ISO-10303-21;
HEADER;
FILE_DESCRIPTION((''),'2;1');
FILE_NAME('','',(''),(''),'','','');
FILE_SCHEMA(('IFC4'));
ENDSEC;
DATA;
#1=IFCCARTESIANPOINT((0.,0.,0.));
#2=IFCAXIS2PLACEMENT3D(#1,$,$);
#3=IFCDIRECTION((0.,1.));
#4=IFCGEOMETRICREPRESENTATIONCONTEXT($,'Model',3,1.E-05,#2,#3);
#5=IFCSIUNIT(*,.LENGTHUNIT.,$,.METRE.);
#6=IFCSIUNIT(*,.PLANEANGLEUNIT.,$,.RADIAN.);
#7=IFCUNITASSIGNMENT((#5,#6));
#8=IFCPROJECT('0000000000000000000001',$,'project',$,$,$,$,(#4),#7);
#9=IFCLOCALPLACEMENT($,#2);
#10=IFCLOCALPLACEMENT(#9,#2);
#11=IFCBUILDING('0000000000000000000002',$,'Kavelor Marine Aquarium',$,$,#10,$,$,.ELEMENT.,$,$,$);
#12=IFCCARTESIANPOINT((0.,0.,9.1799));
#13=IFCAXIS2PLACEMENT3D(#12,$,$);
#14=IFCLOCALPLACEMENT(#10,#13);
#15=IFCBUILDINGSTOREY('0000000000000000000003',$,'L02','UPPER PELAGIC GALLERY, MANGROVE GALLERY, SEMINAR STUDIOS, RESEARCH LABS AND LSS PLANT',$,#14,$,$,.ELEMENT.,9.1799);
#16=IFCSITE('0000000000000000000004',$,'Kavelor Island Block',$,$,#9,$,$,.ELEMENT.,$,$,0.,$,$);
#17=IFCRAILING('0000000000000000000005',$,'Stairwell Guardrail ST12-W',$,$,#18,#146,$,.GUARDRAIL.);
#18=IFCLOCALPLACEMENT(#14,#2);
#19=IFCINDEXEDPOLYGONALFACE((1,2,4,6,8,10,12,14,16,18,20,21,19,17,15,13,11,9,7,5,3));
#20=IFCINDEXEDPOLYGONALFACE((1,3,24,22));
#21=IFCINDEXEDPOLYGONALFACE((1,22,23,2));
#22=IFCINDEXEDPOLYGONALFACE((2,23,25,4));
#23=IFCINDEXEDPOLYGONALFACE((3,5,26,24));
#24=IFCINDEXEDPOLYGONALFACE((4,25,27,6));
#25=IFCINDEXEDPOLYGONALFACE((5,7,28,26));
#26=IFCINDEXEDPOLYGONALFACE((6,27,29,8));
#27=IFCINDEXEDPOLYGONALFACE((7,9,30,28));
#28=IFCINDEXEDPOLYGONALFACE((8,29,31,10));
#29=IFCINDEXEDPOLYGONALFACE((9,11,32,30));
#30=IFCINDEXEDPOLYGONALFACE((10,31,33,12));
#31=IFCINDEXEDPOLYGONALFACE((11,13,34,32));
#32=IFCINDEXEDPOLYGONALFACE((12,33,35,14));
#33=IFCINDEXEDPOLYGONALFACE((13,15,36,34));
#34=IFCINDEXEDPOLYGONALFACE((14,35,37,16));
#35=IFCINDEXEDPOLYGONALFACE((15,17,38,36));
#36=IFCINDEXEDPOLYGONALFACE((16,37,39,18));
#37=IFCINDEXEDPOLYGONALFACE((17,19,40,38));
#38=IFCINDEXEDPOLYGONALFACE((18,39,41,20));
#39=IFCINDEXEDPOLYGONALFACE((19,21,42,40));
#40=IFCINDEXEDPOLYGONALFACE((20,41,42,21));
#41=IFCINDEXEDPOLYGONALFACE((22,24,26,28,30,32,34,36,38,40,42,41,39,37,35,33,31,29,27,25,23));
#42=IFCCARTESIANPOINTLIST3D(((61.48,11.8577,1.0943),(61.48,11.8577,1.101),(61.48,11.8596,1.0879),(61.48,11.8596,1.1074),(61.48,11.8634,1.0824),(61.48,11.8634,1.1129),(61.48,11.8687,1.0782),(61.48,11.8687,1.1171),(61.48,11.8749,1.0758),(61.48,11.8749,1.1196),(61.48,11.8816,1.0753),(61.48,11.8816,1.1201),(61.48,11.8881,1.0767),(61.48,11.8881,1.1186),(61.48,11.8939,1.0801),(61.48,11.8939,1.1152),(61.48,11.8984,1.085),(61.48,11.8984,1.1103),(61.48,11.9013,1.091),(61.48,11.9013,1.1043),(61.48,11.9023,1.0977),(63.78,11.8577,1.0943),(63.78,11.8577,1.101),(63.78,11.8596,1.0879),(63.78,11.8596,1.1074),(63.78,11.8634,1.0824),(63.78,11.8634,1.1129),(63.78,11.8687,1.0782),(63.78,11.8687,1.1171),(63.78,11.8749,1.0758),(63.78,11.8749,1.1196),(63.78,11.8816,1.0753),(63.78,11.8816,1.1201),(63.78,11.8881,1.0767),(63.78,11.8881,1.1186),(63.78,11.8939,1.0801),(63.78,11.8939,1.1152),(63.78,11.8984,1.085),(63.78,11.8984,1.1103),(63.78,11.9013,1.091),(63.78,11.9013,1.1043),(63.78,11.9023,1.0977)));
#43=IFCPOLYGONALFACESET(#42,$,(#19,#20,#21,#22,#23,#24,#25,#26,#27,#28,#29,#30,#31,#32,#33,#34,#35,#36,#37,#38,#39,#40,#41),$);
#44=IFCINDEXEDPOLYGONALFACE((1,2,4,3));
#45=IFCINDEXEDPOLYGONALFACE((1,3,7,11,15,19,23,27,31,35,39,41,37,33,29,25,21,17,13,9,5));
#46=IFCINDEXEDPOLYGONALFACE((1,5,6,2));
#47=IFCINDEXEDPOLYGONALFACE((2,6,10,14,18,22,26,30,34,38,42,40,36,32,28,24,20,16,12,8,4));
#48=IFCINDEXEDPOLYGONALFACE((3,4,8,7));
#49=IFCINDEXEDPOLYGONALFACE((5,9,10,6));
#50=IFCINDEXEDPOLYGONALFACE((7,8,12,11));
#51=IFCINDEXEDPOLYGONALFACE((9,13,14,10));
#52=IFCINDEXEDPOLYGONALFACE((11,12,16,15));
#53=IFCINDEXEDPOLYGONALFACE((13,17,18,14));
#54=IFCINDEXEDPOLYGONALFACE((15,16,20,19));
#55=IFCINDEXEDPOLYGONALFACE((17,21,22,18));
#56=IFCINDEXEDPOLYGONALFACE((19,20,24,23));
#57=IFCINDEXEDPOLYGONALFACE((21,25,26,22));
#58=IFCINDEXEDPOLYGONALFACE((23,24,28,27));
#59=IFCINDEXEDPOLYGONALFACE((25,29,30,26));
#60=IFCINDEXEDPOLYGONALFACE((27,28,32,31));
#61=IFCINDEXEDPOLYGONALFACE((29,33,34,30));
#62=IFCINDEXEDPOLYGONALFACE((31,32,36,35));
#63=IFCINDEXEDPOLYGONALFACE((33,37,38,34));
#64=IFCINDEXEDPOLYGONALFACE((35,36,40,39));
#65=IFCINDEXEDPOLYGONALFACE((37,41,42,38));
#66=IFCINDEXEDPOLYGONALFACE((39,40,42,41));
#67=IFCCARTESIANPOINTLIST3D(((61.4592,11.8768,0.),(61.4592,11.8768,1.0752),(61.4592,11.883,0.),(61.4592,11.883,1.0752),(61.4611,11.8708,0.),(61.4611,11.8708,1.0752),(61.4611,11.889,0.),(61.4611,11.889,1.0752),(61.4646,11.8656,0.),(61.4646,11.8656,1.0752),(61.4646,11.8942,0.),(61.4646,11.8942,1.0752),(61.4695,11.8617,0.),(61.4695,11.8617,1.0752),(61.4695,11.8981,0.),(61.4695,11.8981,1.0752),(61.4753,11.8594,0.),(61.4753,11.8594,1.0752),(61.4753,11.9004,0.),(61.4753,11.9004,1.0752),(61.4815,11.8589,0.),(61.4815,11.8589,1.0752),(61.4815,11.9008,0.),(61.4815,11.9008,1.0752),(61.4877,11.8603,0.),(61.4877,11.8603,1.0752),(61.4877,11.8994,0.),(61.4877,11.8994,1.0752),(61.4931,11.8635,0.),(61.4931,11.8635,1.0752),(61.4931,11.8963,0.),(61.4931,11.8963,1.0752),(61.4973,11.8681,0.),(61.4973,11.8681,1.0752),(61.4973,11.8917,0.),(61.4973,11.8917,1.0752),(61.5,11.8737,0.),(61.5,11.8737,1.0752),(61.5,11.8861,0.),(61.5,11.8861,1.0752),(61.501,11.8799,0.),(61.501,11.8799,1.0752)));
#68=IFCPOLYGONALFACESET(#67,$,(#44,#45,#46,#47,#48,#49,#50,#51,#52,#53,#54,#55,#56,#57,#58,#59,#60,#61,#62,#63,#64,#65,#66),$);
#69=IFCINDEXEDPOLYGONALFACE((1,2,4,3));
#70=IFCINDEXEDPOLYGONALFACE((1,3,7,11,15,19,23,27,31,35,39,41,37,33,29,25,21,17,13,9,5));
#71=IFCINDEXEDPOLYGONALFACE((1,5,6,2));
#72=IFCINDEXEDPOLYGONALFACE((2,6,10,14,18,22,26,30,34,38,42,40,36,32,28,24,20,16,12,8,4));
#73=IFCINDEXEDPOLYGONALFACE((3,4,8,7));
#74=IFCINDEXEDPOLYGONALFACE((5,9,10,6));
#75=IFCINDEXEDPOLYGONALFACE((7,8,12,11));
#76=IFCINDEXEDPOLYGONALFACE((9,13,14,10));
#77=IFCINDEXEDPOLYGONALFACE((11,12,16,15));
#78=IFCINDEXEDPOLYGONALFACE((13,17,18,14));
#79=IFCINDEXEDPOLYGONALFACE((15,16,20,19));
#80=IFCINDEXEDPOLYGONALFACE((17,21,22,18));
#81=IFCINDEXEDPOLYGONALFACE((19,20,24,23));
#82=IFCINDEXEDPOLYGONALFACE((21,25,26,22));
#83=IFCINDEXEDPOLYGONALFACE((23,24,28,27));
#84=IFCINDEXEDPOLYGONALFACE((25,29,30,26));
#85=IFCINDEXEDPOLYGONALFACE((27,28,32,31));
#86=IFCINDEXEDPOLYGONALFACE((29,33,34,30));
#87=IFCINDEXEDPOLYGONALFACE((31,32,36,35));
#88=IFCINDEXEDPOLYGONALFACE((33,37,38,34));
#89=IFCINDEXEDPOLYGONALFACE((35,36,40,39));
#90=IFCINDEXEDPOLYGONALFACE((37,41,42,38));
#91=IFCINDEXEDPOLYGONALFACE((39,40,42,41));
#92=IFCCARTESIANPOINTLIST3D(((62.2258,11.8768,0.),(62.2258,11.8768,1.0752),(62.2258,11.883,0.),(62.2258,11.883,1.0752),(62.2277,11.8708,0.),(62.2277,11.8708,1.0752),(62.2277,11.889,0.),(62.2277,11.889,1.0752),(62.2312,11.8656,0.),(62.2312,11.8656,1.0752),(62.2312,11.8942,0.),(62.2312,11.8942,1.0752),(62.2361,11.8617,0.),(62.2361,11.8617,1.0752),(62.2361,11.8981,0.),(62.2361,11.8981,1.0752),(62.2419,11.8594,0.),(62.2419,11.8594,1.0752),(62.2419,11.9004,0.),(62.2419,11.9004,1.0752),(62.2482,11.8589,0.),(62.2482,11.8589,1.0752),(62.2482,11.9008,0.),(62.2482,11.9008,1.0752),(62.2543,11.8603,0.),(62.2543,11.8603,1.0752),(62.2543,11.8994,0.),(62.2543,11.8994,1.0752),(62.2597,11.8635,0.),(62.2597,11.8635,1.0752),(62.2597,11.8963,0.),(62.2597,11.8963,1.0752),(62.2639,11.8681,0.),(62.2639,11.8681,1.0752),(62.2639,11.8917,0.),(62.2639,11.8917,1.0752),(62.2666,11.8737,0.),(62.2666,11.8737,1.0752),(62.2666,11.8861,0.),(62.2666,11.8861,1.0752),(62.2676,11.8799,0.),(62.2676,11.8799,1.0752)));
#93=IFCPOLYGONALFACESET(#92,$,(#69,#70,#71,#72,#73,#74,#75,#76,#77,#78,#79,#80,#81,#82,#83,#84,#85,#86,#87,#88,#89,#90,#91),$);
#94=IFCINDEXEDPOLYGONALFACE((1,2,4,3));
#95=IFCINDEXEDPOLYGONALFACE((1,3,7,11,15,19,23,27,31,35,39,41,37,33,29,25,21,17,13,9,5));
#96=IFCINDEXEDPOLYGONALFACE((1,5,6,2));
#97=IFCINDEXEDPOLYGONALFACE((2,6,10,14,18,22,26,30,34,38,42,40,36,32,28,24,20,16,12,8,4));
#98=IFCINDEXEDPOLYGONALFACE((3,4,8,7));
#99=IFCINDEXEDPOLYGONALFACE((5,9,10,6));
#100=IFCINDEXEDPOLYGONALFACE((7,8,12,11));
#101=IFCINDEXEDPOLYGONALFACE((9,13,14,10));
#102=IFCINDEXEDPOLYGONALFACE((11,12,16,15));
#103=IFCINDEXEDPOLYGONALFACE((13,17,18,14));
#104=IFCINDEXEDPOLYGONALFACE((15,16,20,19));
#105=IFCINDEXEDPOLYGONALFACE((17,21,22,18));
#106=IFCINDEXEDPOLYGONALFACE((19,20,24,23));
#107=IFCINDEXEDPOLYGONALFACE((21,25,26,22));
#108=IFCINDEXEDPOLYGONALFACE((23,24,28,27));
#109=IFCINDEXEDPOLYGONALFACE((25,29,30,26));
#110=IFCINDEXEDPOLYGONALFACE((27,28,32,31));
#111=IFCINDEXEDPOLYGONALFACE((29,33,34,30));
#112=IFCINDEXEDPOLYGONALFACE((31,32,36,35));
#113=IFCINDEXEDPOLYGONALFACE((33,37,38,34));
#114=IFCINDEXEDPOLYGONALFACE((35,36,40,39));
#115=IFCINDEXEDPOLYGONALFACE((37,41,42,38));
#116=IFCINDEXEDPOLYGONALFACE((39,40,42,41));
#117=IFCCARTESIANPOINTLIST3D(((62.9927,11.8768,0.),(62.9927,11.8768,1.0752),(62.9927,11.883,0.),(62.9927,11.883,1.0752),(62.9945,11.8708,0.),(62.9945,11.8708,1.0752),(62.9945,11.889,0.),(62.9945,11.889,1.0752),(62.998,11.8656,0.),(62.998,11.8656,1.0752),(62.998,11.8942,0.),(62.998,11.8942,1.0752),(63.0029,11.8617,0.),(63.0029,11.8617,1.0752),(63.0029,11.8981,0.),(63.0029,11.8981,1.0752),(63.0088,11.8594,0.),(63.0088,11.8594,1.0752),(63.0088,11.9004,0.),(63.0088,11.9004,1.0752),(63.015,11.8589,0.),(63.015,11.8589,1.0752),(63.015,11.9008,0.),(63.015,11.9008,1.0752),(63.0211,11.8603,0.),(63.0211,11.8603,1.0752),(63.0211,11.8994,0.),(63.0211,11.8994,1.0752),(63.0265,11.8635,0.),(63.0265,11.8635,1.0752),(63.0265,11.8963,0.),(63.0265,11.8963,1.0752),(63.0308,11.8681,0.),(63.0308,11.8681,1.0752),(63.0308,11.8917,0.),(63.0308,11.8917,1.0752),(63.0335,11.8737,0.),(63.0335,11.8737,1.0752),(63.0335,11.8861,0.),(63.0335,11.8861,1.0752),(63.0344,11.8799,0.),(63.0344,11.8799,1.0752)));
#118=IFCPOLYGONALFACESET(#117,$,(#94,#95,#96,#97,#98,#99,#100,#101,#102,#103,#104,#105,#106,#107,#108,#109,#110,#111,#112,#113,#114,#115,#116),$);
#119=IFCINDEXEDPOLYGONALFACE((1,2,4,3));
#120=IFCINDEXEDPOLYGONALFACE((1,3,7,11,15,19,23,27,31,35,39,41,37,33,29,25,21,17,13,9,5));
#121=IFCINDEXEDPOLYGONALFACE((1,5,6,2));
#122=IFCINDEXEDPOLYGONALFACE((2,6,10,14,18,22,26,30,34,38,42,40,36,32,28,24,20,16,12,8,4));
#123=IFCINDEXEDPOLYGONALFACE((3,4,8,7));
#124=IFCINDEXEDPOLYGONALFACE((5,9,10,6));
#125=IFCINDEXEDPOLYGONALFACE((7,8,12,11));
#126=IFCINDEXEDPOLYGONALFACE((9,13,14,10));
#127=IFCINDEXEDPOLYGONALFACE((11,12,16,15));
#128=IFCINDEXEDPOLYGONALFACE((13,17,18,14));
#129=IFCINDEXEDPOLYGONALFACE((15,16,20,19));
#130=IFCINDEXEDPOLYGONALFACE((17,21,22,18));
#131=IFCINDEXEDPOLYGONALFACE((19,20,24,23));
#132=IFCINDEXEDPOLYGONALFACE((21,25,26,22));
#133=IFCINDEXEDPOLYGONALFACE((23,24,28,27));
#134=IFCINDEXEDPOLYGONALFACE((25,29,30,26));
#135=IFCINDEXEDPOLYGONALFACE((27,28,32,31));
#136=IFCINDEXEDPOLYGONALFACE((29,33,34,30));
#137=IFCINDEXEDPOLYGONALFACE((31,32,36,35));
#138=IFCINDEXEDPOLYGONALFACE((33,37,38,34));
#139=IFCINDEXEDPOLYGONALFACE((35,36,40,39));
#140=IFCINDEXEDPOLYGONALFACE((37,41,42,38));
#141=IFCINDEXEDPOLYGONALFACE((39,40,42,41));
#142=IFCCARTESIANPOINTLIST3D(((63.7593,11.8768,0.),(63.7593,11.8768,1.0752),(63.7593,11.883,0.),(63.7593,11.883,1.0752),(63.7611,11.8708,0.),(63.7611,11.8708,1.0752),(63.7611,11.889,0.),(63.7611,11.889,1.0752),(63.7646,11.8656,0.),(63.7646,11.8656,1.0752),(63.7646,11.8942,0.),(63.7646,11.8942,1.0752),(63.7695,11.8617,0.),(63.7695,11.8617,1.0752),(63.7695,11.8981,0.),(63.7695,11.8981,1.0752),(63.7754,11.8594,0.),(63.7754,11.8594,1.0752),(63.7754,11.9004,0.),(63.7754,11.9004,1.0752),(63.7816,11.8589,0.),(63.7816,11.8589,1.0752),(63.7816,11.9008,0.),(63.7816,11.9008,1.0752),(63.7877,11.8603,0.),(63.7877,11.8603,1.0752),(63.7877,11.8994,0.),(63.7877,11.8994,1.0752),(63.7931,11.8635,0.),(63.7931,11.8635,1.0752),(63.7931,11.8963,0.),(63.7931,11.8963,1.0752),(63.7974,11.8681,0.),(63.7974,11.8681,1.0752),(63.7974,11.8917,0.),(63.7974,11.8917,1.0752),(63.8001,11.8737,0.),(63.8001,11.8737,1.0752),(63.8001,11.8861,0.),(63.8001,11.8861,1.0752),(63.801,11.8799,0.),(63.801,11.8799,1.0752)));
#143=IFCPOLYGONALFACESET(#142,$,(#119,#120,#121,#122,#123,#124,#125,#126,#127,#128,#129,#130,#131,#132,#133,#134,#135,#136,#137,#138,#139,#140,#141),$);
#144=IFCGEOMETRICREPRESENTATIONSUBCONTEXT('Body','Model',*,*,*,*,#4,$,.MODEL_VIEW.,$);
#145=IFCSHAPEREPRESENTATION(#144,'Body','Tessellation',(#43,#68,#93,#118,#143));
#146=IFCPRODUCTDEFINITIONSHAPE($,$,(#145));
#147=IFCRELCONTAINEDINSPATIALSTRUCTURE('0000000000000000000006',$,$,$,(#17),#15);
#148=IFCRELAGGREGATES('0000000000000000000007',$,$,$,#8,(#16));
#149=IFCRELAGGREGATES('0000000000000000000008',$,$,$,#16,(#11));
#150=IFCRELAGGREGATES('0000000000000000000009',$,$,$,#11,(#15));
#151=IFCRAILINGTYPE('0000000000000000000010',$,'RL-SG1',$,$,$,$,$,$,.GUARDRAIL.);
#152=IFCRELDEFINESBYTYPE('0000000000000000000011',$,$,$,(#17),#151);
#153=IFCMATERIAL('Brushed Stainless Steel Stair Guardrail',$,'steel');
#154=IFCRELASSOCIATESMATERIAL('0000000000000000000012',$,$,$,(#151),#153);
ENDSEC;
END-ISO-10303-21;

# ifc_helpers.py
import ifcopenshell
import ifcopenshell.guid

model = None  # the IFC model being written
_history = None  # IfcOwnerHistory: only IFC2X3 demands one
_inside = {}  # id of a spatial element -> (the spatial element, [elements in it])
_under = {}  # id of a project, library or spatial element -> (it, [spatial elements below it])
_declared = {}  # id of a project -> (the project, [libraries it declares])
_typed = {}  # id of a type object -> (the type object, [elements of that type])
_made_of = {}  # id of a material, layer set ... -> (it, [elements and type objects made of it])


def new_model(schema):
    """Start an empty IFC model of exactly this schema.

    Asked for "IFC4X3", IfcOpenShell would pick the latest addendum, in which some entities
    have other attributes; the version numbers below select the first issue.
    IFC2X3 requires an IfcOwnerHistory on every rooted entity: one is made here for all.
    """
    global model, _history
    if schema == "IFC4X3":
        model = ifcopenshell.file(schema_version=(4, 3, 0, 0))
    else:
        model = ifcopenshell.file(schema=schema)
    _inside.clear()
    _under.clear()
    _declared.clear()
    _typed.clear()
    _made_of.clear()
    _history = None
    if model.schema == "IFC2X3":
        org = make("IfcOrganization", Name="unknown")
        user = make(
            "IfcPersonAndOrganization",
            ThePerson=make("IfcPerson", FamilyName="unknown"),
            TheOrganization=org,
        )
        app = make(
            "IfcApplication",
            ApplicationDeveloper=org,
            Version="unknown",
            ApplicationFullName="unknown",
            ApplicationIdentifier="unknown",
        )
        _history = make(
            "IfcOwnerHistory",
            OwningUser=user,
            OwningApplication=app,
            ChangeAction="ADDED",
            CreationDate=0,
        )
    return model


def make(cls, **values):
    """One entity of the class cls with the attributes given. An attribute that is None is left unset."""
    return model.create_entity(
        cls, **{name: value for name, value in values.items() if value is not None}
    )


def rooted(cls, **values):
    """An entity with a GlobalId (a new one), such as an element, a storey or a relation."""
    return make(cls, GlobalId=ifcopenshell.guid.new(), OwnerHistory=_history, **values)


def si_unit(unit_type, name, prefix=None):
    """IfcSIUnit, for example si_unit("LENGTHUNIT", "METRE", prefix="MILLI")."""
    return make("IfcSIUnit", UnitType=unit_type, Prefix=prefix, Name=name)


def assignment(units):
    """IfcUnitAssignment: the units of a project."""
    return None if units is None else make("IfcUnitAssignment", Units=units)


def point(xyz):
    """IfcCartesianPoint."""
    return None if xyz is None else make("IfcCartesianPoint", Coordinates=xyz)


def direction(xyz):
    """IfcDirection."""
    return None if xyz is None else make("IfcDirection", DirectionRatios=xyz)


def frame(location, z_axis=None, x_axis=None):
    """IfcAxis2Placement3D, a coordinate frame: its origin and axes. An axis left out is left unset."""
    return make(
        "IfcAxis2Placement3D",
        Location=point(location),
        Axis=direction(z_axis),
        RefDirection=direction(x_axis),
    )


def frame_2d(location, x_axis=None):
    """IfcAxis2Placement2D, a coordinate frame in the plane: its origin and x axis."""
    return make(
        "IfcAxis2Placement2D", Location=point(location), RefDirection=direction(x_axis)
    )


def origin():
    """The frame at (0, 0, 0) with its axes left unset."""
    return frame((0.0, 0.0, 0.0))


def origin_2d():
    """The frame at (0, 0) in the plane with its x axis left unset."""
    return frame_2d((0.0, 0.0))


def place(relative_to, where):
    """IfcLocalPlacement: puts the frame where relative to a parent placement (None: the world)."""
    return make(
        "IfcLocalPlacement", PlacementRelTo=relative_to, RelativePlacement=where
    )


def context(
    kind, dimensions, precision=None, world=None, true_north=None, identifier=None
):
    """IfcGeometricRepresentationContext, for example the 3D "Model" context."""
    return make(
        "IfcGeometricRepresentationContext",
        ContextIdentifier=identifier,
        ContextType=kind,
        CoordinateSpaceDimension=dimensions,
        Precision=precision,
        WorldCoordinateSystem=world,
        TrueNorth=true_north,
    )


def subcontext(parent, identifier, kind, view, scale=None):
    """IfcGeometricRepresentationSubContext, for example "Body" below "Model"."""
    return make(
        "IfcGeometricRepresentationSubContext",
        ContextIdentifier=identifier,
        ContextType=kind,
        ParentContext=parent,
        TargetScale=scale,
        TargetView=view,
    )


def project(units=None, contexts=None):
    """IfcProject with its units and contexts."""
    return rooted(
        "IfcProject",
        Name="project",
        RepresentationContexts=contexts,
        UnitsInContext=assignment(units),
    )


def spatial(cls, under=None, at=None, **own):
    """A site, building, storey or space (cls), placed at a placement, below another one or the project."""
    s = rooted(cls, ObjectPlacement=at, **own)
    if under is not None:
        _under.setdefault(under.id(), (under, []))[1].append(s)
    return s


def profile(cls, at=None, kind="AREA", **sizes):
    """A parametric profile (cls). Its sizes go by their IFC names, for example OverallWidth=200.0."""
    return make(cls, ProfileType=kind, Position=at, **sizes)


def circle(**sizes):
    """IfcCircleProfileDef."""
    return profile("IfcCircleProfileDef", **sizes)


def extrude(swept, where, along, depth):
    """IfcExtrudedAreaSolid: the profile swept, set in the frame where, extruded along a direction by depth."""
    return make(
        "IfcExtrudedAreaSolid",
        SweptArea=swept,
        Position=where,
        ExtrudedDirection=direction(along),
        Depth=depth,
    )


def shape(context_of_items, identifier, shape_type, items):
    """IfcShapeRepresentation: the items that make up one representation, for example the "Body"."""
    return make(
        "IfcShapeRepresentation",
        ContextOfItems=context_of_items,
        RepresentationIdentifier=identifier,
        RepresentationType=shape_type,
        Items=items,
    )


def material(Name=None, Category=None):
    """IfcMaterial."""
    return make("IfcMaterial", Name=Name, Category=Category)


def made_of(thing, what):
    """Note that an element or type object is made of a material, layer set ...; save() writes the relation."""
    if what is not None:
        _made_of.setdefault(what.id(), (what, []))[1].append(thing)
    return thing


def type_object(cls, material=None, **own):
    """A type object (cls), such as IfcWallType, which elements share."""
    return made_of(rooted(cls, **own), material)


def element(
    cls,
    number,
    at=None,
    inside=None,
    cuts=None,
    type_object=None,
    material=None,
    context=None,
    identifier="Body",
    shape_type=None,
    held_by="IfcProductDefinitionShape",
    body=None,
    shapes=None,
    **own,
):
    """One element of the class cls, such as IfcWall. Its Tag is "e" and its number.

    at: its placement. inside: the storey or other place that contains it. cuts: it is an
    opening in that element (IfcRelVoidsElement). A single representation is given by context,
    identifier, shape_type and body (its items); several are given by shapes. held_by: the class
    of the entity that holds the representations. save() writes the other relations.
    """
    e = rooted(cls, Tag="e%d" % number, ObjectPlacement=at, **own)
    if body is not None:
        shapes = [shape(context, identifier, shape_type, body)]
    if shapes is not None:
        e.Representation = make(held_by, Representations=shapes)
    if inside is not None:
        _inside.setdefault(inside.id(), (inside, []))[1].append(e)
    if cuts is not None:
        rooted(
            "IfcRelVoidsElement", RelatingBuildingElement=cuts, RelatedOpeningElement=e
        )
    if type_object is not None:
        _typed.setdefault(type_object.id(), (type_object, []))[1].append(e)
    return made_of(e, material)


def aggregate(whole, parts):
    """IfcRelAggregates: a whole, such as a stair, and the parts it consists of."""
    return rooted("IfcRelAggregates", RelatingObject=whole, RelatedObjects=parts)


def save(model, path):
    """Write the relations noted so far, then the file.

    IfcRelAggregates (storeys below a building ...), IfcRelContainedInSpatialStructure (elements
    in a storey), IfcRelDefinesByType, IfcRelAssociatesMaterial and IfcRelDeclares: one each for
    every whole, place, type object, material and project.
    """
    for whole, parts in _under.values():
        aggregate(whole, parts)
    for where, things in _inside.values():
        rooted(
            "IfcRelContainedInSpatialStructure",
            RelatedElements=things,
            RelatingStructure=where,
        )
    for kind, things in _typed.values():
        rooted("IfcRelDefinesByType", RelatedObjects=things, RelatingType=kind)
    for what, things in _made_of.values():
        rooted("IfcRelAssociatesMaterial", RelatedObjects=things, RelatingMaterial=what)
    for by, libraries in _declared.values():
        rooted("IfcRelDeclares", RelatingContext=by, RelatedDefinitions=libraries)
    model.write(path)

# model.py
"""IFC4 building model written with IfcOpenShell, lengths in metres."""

from ifc_helpers import new_model, si_unit, direction, frame, origin, origin_2d, place, context, subcontext, project, spatial, circle, extrude, material, type_object, element, save


model = new_model("IFC4")

# Units and contexts
model_context = context("Model", 3, precision=1e-05, world=origin(), true_north=direction((0.0, 1.0)))
body_context = subcontext(model_context, "Body", "Model", "MODEL_VIEW")
ifc_project = project(units=[si_unit("LENGTHUNIT", "METRE"), si_unit("PLANEANGLEUNIT", "RADIAN")], contexts=[model_context])

# Site, building, storey
site_placement = place(None, origin())
site = spatial("IfcSite", under=ifc_project, at=site_placement, Name="Kavelor Island Block", CompositionType="ELEMENT", RefElevation=0.0)
building_placement = place(site_placement, origin())
building = spatial("IfcBuilding", under=site, at=building_placement, Name="Kavelor Marine Aquarium", CompositionType="ELEMENT")
storey_placement = place(building_placement, frame((0.0, 0.0, 9.1799)))
storey = spatial("IfcBuildingStorey", under=building, at=storey_placement, Name="L02", Description="UPPER PELAGIC GALLERY, MANGROVE GALLERY, SEMINAR STUDIOS, RESEARCH LABS AND LSS PLANT", CompositionType="ELEMENT", Elevation=9.1799)

# Railing
ifc_material_1 = material(Name="Brushed Stainless Steel Stair Guardrail", Category="steel")
railing_type_1 = type_object("IfcRailingType", Name="RL-SG1", PredefinedType="GUARDRAIL", material=ifc_material_1)
railing_1_placement = place(storey_placement, frame((61.48, 11.8799, 0.0)))
element("IfcRailing", 1, at=railing_1_placement, inside=storey, type_object=railing_type_1, Name="Stairwell Guardrail ST12-W", PredefinedType="GUARDRAIL", context=body_context, shape_type="SweptSolid", body=[
    extrude(circle(Radius=0.0225, at=origin_2d()), frame((0.0, 0.0, 1.0977), z_axis=(1.0, 0.0, 0.0), x_axis=(0.0, 1.0, 0.0)), (0.0, 0.0, 1.0), 2.3),
    extrude(circle(Radius=0.021, at=origin_2d()), origin(), (0.0, 0.0, 1.0), 1.0752),
    extrude(circle(Radius=0.021, at=origin_2d()), frame((0.7666, 0.0, 0.0)), (0.0, 0.0, 1.0), 1.0752),
    extrude(circle(Radius=0.021, at=origin_2d()), frame((1.5334, 0.0, 0.0)), (0.0, 0.0, 1.0), 1.0752),
    extrude(circle(Radius=0.021, at=origin_2d()), frame((2.3, 0.0, 0.0)), (0.0, 0.0, 1.0), 1.0752),
])

save(model, "model.ifc")
